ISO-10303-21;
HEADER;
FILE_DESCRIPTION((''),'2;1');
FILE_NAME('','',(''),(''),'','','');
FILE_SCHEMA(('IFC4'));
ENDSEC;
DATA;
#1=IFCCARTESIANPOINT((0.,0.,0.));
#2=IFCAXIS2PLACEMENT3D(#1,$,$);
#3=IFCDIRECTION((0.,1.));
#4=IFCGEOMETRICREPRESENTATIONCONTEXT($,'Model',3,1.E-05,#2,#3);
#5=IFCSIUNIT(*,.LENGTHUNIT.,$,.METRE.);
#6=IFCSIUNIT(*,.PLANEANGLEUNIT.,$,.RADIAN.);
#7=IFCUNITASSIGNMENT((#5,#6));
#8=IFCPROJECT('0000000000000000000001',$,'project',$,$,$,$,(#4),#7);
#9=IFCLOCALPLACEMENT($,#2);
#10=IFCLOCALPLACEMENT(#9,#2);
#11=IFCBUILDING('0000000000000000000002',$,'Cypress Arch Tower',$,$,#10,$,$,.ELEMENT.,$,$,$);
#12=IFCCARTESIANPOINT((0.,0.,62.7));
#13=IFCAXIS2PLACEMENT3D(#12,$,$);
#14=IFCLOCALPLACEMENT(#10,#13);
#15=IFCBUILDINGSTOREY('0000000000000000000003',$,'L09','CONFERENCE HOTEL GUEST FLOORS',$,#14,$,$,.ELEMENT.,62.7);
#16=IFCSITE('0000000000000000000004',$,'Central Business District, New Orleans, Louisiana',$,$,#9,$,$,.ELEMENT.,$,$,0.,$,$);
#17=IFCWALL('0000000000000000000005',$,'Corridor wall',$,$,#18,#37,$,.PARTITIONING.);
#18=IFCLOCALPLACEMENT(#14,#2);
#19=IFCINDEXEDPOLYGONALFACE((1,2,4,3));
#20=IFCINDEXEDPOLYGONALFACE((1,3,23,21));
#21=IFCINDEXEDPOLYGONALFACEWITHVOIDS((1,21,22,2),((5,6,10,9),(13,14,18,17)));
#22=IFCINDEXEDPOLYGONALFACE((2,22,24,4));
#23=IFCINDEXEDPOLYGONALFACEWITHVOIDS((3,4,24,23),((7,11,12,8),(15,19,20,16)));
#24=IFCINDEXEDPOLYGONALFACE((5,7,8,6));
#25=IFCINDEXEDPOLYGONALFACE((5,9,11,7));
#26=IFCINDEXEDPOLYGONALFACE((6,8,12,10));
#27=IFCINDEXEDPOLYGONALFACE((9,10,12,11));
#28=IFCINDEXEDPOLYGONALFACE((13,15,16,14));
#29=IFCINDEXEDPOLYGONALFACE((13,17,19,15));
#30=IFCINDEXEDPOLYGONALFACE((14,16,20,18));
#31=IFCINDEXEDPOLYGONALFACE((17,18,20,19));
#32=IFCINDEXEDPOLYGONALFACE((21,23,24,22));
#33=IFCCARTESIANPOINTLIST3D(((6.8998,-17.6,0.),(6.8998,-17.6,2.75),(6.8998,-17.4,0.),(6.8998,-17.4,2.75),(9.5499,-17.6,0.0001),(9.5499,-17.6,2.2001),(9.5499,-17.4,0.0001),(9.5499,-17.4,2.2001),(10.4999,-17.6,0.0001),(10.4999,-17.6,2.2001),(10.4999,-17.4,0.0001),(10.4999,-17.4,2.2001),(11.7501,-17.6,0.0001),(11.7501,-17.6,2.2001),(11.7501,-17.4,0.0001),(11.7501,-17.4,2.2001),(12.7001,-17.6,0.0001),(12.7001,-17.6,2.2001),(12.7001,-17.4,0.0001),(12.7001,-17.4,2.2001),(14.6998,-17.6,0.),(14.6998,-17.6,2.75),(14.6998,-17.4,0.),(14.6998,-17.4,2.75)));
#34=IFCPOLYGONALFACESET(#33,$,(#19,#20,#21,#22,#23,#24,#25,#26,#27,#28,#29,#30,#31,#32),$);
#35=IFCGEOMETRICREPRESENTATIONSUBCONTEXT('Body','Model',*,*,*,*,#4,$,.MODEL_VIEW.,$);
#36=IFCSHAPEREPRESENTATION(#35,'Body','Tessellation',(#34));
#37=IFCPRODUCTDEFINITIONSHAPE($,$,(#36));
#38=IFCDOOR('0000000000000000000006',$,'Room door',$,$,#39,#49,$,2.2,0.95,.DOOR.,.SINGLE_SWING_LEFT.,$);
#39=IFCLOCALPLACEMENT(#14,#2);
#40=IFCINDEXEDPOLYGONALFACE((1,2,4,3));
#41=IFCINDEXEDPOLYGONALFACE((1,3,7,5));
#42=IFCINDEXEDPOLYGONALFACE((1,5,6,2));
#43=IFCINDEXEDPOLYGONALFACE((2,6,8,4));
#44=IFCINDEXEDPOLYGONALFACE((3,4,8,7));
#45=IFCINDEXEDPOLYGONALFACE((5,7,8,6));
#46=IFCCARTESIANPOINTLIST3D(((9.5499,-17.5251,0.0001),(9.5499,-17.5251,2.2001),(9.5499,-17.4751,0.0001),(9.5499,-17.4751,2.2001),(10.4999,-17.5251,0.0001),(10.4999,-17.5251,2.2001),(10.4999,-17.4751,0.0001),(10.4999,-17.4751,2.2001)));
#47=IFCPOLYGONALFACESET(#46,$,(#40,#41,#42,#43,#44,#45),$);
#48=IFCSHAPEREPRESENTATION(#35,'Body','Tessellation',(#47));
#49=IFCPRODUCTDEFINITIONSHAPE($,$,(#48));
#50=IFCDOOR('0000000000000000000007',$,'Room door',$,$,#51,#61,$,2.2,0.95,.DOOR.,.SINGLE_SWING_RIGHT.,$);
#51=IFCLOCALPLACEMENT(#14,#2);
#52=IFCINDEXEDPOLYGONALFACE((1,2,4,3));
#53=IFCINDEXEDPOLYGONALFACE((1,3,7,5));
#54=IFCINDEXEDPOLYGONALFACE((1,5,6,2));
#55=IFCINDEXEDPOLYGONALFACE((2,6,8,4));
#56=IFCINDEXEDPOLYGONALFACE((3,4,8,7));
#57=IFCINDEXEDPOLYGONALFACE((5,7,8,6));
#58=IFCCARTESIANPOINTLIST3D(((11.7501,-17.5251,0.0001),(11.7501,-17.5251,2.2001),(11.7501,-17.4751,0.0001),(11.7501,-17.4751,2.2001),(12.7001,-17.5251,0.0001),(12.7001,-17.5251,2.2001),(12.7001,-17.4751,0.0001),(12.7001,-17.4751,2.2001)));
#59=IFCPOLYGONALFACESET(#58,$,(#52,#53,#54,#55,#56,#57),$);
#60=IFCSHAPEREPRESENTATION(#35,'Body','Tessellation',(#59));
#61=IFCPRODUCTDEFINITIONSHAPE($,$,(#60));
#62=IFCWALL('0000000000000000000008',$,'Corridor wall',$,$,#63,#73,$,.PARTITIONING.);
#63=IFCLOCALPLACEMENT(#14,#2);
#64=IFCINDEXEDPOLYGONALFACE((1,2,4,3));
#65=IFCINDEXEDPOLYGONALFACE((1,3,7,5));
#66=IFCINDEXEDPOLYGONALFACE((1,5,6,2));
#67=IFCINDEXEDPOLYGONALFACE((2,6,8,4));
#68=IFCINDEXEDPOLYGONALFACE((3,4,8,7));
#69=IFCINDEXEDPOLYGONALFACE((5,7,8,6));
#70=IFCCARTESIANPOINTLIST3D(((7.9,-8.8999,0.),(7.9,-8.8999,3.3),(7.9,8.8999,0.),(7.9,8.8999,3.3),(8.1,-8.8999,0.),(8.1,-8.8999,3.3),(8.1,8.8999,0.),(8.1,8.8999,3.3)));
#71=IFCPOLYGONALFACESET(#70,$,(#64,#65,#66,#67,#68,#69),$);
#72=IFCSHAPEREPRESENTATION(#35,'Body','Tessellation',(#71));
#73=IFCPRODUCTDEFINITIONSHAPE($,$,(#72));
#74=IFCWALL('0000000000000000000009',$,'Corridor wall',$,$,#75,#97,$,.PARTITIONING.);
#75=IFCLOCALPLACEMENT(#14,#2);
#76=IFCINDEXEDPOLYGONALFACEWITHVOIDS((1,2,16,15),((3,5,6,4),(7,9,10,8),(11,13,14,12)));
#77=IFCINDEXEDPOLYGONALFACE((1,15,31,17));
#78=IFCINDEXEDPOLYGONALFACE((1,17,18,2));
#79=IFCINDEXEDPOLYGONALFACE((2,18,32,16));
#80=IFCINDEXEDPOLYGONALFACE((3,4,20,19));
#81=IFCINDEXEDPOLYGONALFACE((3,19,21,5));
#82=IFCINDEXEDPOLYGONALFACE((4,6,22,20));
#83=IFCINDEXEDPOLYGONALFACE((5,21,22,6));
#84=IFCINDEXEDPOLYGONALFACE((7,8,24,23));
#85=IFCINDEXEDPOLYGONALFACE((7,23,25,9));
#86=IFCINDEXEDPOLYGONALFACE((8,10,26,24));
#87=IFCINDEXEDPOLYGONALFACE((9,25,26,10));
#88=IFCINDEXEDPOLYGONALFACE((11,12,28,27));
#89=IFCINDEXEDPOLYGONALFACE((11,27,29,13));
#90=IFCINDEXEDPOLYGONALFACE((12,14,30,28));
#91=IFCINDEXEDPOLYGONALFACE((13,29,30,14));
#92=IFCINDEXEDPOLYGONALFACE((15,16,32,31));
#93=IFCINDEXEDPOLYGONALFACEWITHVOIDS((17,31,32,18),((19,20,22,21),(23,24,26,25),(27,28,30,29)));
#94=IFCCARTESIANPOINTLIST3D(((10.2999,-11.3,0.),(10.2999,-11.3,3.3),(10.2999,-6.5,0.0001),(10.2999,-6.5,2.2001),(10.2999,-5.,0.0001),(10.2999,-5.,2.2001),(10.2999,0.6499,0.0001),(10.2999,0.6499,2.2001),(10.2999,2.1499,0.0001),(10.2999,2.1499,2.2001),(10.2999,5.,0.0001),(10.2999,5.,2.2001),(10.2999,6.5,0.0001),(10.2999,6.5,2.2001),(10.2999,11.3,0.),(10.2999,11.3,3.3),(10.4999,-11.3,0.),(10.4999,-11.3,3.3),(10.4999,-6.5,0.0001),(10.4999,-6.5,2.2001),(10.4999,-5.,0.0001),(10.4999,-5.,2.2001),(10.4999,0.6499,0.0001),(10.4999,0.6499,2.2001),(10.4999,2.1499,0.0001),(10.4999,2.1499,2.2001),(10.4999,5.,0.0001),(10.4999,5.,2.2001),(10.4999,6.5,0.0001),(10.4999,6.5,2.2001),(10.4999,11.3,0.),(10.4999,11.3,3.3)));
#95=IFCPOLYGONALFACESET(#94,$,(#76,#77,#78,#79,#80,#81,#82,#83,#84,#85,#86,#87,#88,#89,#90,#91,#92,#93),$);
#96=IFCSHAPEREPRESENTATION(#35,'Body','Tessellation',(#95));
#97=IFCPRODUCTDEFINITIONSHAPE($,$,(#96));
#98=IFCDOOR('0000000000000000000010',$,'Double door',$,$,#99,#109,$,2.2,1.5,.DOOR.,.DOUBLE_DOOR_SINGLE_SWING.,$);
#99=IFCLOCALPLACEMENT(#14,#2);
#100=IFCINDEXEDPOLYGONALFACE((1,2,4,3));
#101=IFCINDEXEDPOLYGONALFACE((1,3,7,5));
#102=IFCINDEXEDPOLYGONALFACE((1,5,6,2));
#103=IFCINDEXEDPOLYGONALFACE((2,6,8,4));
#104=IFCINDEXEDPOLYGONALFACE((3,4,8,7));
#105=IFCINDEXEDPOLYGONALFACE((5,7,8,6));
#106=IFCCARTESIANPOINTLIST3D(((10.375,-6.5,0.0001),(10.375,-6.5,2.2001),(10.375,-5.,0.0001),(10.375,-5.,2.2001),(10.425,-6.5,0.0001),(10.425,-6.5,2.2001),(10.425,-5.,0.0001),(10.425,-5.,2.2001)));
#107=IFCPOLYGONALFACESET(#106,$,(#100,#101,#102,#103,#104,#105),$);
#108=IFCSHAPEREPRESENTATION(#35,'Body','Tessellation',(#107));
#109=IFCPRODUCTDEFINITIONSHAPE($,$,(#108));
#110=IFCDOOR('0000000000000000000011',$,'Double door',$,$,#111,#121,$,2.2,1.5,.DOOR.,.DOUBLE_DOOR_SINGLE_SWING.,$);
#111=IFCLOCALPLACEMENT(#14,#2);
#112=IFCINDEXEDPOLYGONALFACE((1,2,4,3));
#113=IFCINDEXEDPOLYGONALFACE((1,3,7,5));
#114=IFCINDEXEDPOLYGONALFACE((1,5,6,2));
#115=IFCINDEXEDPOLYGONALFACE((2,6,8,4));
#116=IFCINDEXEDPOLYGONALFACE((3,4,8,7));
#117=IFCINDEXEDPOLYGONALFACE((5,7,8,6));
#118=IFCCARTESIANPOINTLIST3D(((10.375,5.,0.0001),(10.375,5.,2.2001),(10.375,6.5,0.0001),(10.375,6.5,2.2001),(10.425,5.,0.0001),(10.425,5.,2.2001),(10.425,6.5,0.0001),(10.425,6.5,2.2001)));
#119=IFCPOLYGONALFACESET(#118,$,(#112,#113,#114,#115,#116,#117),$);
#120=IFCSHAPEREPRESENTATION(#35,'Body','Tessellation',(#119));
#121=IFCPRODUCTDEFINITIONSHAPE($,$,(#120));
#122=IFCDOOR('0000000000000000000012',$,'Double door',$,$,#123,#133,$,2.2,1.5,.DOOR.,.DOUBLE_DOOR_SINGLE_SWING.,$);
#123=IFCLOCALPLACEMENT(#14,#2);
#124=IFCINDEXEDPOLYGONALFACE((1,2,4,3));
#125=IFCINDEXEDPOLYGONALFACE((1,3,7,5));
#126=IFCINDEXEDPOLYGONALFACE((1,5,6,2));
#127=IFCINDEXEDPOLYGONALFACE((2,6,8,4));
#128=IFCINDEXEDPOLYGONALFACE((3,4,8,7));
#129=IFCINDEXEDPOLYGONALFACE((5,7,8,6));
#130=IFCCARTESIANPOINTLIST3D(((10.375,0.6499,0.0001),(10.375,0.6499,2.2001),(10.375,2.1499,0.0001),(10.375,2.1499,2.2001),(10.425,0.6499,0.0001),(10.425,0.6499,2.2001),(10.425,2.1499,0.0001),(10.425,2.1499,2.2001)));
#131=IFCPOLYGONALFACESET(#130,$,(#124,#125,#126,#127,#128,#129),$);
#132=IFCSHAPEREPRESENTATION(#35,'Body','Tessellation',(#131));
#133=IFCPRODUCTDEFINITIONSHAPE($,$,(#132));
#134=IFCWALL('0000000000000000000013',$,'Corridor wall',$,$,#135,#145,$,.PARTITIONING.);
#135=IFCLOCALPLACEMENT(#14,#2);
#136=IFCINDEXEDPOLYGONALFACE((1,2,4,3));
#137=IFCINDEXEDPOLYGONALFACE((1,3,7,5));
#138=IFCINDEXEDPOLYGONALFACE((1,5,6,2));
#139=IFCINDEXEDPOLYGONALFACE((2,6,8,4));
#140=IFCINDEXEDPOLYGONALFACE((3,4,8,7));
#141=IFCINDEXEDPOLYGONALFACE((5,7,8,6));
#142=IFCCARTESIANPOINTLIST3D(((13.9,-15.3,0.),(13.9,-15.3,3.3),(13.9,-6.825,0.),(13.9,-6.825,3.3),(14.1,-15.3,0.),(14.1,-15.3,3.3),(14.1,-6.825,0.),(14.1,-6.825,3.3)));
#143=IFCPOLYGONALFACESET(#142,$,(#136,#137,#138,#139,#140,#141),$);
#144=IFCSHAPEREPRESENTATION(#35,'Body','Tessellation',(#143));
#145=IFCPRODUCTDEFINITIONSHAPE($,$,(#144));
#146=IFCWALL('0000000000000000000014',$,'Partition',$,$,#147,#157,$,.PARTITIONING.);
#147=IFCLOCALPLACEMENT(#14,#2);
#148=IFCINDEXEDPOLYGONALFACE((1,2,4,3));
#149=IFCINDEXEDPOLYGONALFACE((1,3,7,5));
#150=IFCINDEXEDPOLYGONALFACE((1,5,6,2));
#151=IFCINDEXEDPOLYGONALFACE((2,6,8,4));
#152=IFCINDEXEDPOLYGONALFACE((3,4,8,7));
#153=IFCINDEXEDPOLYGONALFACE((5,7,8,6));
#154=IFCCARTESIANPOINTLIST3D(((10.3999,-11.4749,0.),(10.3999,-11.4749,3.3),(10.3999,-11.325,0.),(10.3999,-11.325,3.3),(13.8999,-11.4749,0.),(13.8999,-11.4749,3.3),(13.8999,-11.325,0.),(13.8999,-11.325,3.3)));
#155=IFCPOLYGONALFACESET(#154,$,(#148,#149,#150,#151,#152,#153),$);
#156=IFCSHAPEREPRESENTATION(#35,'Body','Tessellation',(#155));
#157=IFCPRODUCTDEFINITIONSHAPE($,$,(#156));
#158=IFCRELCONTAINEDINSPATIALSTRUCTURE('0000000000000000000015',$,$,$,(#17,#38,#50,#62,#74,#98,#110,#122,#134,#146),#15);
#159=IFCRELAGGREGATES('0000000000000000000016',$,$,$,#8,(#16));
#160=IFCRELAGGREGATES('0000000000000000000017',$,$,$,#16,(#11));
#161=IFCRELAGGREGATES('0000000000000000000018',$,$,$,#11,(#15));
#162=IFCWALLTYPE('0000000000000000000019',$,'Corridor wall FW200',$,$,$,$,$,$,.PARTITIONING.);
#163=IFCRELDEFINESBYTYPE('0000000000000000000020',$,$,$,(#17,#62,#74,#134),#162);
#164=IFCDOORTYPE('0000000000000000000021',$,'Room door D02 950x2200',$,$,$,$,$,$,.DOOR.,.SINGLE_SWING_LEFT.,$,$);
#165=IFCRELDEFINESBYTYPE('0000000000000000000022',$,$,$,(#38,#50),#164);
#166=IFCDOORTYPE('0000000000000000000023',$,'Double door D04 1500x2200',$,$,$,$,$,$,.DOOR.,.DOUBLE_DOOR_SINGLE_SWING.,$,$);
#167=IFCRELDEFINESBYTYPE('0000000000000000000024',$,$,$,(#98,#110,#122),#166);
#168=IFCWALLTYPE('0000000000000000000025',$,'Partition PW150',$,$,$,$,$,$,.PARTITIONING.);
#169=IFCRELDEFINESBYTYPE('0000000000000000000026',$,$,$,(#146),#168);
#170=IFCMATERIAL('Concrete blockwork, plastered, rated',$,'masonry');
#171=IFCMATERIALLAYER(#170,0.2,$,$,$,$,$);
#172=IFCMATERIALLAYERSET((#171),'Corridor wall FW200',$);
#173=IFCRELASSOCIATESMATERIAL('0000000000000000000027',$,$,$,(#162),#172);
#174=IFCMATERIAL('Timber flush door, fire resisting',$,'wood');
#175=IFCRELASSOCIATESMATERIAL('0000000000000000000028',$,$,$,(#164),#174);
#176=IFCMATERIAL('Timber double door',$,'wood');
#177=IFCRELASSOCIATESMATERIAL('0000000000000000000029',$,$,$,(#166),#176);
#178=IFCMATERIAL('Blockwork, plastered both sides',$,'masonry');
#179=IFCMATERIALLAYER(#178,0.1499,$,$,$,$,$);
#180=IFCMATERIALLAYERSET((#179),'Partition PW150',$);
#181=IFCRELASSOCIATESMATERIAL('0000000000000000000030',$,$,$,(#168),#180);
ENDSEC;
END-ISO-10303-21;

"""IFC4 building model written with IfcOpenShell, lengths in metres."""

from ifc_helpers import new_model, si_unit, direction, frame, frame_2d, origin, place, context, subcontext, project, spatial, rectangle, extrude, material, layer, layer_set, type_object, element, fill, save


model = new_model("IFC4")

# Units and contexts
model_context = context("Model", 3, precision=1e-05, world=origin(), true_north=direction((0.0, 1.0)))
body_context = subcontext(model_context, "Body", "Model", "MODEL_VIEW")
ifc_project = project(units=[si_unit("LENGTHUNIT", "METRE"), si_unit("PLANEANGLEUNIT", "RADIAN")], contexts=[model_context])

# Site, building, storey
site_placement = place(None, origin())
site = spatial("IfcSite", under=ifc_project, at=site_placement, Name="Central Business District, New Orleans, Louisiana", CompositionType="ELEMENT", RefElevation=0.0)
building_placement = place(site_placement, origin())
building = spatial("IfcBuilding", under=site, at=building_placement, Name="Cypress Arch Tower", CompositionType="ELEMENT")
storey_placement = place(building_placement, frame((0.0, 0.0, 62.7)))
storey = spatial("IfcBuildingStorey", under=building, at=storey_placement, Name="L09", Description="CONFERENCE HOTEL GUEST FLOORS", CompositionType="ELEMENT", Elevation=62.7)

# Wall, openings, doors
ifc_material_1 = material(Name="Concrete blockwork, plastered, rated", Category="masonry")
ifc_layer_1 = layer(ifc_material_1, 0.2)
ifc_layer_set_1 = layer_set([ifc_layer_1], Name="Corridor wall FW200")
wall_type_1 = type_object("IfcWallType", Name="Corridor wall FW200", PredefinedType="PARTITIONING", material=ifc_layer_set_1)
wall_1_placement = place(storey_placement, frame((6.8999, -17.5, 0.0), z_axis=(0.0, 0.0, 1.0), x_axis=(1.0, 0.0, 0.0)))
wall_1 = element("IfcWall", 1, at=wall_1_placement, inside=storey, type_object=wall_type_1, Name="Corridor wall", PredefinedType="PARTITIONING", context=body_context, shape_type="SweptSolid", body=[
    extrude(rectangle(XDim=7.8, YDim=0.2, at=frame_2d((3.8999, 0.0))), origin(), (0.0, 0.0, 1.0), 2.75),
])
opening_1_placement = place(wall_1_placement, frame((2.6499, 0.0, 0.0)))
opening_1 = element("IfcOpeningElement", 2, at=opening_1_placement, cuts=wall_1, PredefinedType="OPENING", context=body_context, shape_type="SweptSolid", body=[
    extrude(rectangle(XDim=0.95, YDim=2.2, at=frame_2d((0.4751, 1.1001))), frame((0.0, 0.1099, 0.0), z_axis=(0.0, -1.0, 0.0), x_axis=(1.0, 0.0, 0.0)), (0.0, 0.0, 1.0), 0.22),
])
opening_2_placement = place(wall_1_placement, frame((4.8501, 0.0, 0.0)))
opening_2 = element("IfcOpeningElement", 3, at=opening_2_placement, cuts=wall_1, PredefinedType="OPENING", context=body_context, shape_type="SweptSolid", body=[
    extrude(rectangle(XDim=0.95, YDim=2.2, at=frame_2d((0.4751, 1.1001))), frame((0.0, 0.1099, 0.0), z_axis=(0.0, -1.0, 0.0), x_axis=(1.0, 0.0, 0.0)), (0.0, 0.0, 1.0), 0.22),
])
ifc_material_2 = material(Name="Timber flush door, fire resisting", Category="wood")
door_type_1 = type_object("IfcDoorType", Name="Room door D02 950x2200", OperationType="SINGLE_SWING_LEFT", PredefinedType="DOOR", material=ifc_material_2)
door_1_placement = place(opening_1_placement, origin())
door_1 = element("IfcDoor", 4, at=door_1_placement, inside=storey, type_object=door_type_1, Name="Room door", OperationType="SINGLE_SWING_LEFT", OverallHeight=2.2, OverallWidth=0.95, PredefinedType="DOOR", context=body_context, shape_type="SweptSolid", body=[
    extrude(rectangle(XDim=0.95, YDim=2.2, at=frame_2d((0.4751, 1.1001))), frame((0.0, 0.0249, 0.0), z_axis=(0.0, -1.0, 0.0), x_axis=(1.0, 0.0, 0.0)), (0.0, 0.0, 1.0), 0.05),
])
fill(opening_1, door_1)
door_2_placement = place(opening_2_placement, origin())
door_2 = element("IfcDoor", 5, at=door_2_placement, inside=storey, type_object=door_type_1, Name="Room door", OperationType="SINGLE_SWING_RIGHT", OverallHeight=2.2, OverallWidth=0.95, PredefinedType="DOOR", context=body_context, shape_type="SweptSolid", body=[
    extrude(rectangle(XDim=0.95, YDim=2.2, at=frame_2d((0.4751, 1.1001))), frame((0.0, 0.0249, 0.0), z_axis=(0.0, -1.0, 0.0), x_axis=(1.0, 0.0, 0.0)), (0.0, 0.0, 1.0), 0.05),
])
fill(opening_2, door_2)

# Wall
wall_2_placement = place(storey_placement, frame((8.0, -8.8999, 0.0), z_axis=(0.0, 0.0, 1.0), x_axis=(0.0, 1.0, 0.0)))
element("IfcWall", 6, at=wall_2_placement, inside=storey, type_object=wall_type_1, Name="Corridor wall", PredefinedType="PARTITIONING", context=body_context, shape_type="SweptSolid", body=[
    extrude(rectangle(XDim=17.7998, YDim=0.2, at=frame_2d((8.8999, 0.0))), origin(), (0.0, 0.0, 1.0), 3.3),
])

# Wall, openings, doors
wall_3_placement = place(storey_placement, frame((10.3999, -11.3, 0.0), z_axis=(0.0, 0.0, 1.0), x_axis=(0.0, 1.0, 0.0)))
wall_3 = element("IfcWall", 7, at=wall_3_placement, inside=storey, type_object=wall_type_1, Name="Corridor wall", PredefinedType="PARTITIONING", context=body_context, shape_type="SweptSolid", body=[
    extrude(rectangle(XDim=22.6001, YDim=0.2, at=frame_2d((11.3, 0.0))), origin(), (0.0, 0.0, 1.0), 3.3),
])
opening_3_placement = place(wall_3_placement, frame((4.8, 0.0, 0.0)))
opening_3 = element("IfcOpeningElement", 8, at=opening_3_placement, cuts=wall_3, PredefinedType="OPENING", context=body_context, shape_type="SweptSolid", body=[
    extrude(rectangle(XDim=1.5, YDim=2.2, at=frame_2d((0.75, 1.1001))), frame((0.0, 0.1099, 0.0), z_axis=(0.0, -1.0, 0.0), x_axis=(1.0, 0.0, 0.0)), (0.0, 0.0, 1.0), 0.22),
])
opening_4_placement = place(wall_3_placement, frame((16.3, 0.0, 0.0)))
opening_4 = element("IfcOpeningElement", 9, at=opening_4_placement, cuts=wall_3, PredefinedType="OPENING", context=body_context, shape_type="SweptSolid", body=[
    extrude(rectangle(XDim=1.5, YDim=2.2, at=frame_2d((0.75, 1.1001))), frame((0.0, 0.1099, 0.0), z_axis=(0.0, -1.0, 0.0), x_axis=(1.0, 0.0, 0.0)), (0.0, 0.0, 1.0), 0.22),
])
opening_5_placement = place(wall_3_placement, frame((11.95, 0.0, 0.0)))
opening_5 = element("IfcOpeningElement", 10, at=opening_5_placement, cuts=wall_3, PredefinedType="OPENING", context=body_context, shape_type="SweptSolid", body=[
    extrude(rectangle(XDim=1.5, YDim=2.2, at=frame_2d((0.75, 1.1001))), frame((0.0, 0.1099, 0.0), z_axis=(0.0, -1.0, 0.0), x_axis=(1.0, 0.0, 0.0)), (0.0, 0.0, 1.0), 0.22),
])
ifc_material_3 = material(Name="Timber double door", Category="wood")
door_type_2 = type_object("IfcDoorType", Name="Double door D04 1500x2200", OperationType="DOUBLE_DOOR_SINGLE_SWING", PredefinedType="DOOR", material=ifc_material_3)
door_3_placement = place(opening_3_placement, origin())
door_3 = element("IfcDoor", 11, at=door_3_placement, inside=storey, type_object=door_type_2, Name="Double door", OperationType="DOUBLE_DOOR_SINGLE_SWING", OverallHeight=2.2, OverallWidth=1.5, PredefinedType="DOOR", context=body_context, shape_type="SweptSolid", body=[
    extrude(rectangle(XDim=1.5, YDim=2.2, at=frame_2d((0.75, 1.1001))), frame((0.0, 0.0249, 0.0), z_axis=(0.0, -1.0, 0.0), x_axis=(1.0, 0.0, 0.0)), (0.0, 0.0, 1.0), 0.05),
])
fill(opening_3, door_3)
door_4_placement = place(opening_4_placement, origin())
door_4 = element("IfcDoor", 12, at=door_4_placement, inside=storey, type_object=door_type_2, Name="Double door", OperationType="DOUBLE_DOOR_SINGLE_SWING", OverallHeight=2.2, OverallWidth=1.5, PredefinedType="DOOR", context=body_context, shape_type="SweptSolid", body=[
    extrude(rectangle(XDim=1.5, YDim=2.2, at=frame_2d((0.75, 1.1001))), frame((0.0, 0.0249, 0.0), z_axis=(0.0, -1.0, 0.0), x_axis=(1.0, 0.0, 0.0)), (0.0, 0.0, 1.0), 0.05),
])
fill(opening_4, door_4)
door_5_placement = place(opening_5_placement, origin())
door_5 = element("IfcDoor", 13, at=door_5_placement, inside=storey, type_object=door_type_2, Name="Double door", OperationType="DOUBLE_DOOR_SINGLE_SWING", OverallHeight=2.2, OverallWidth=1.5, PredefinedType="DOOR", context=body_context, shape_type="SweptSolid", body=[
    extrude(rectangle(XDim=1.5, YDim=2.2, at=frame_2d((0.75, 1.1001))), frame((0.0, 0.0249, 0.0), z_axis=(0.0, -1.0, 0.0), x_axis=(1.0, 0.0, 0.0)), (0.0, 0.0, 1.0), 0.05),
])
fill(opening_5, door_5)

# Walls
wall_4_placement = place(storey_placement, frame((14.0, -15.3, 0.0), z_axis=(0.0, 0.0, 1.0), x_axis=(0.0, 1.0, 0.0)))
element("IfcWall", 14, at=wall_4_placement, inside=storey, type_object=wall_type_1, Name="Corridor wall", PredefinedType="PARTITIONING", context=body_context, shape_type="SweptSolid", body=[
    extrude(rectangle(XDim=8.4751, YDim=0.2, at=frame_2d((4.2375, 0.0))), origin(), (0.0, 0.0, 1.0), 3.3),
])
ifc_material_4 = material(Name="Blockwork, plastered both sides", Category="masonry")
ifc_layer_2 = layer(ifc_material_4, 0.1499)
ifc_layer_set_2 = layer_set([ifc_layer_2], Name="Partition PW150")
wall_type_2 = type_object("IfcWallType", Name="Partition PW150", PredefinedType="PARTITIONING", material=ifc_layer_set_2)
wall_5_placement = place(storey_placement, frame((10.3999, -11.3999, 0.0), z_axis=(0.0, 0.0, 1.0), x_axis=(1.0, 0.0, 0.0)))
element("IfcWall", 15, at=wall_5_placement, inside=storey, type_object=wall_type_2, Name="Partition", PredefinedType="PARTITIONING", context=body_context, shape_type="SweptSolid", body=[
    extrude(rectangle(XDim=3.5, YDim=0.1499, at=frame_2d((1.75, 0.0))), origin(), (0.0, 0.0, 1.0), 3.3),
])

save(model, "model.ifc")
